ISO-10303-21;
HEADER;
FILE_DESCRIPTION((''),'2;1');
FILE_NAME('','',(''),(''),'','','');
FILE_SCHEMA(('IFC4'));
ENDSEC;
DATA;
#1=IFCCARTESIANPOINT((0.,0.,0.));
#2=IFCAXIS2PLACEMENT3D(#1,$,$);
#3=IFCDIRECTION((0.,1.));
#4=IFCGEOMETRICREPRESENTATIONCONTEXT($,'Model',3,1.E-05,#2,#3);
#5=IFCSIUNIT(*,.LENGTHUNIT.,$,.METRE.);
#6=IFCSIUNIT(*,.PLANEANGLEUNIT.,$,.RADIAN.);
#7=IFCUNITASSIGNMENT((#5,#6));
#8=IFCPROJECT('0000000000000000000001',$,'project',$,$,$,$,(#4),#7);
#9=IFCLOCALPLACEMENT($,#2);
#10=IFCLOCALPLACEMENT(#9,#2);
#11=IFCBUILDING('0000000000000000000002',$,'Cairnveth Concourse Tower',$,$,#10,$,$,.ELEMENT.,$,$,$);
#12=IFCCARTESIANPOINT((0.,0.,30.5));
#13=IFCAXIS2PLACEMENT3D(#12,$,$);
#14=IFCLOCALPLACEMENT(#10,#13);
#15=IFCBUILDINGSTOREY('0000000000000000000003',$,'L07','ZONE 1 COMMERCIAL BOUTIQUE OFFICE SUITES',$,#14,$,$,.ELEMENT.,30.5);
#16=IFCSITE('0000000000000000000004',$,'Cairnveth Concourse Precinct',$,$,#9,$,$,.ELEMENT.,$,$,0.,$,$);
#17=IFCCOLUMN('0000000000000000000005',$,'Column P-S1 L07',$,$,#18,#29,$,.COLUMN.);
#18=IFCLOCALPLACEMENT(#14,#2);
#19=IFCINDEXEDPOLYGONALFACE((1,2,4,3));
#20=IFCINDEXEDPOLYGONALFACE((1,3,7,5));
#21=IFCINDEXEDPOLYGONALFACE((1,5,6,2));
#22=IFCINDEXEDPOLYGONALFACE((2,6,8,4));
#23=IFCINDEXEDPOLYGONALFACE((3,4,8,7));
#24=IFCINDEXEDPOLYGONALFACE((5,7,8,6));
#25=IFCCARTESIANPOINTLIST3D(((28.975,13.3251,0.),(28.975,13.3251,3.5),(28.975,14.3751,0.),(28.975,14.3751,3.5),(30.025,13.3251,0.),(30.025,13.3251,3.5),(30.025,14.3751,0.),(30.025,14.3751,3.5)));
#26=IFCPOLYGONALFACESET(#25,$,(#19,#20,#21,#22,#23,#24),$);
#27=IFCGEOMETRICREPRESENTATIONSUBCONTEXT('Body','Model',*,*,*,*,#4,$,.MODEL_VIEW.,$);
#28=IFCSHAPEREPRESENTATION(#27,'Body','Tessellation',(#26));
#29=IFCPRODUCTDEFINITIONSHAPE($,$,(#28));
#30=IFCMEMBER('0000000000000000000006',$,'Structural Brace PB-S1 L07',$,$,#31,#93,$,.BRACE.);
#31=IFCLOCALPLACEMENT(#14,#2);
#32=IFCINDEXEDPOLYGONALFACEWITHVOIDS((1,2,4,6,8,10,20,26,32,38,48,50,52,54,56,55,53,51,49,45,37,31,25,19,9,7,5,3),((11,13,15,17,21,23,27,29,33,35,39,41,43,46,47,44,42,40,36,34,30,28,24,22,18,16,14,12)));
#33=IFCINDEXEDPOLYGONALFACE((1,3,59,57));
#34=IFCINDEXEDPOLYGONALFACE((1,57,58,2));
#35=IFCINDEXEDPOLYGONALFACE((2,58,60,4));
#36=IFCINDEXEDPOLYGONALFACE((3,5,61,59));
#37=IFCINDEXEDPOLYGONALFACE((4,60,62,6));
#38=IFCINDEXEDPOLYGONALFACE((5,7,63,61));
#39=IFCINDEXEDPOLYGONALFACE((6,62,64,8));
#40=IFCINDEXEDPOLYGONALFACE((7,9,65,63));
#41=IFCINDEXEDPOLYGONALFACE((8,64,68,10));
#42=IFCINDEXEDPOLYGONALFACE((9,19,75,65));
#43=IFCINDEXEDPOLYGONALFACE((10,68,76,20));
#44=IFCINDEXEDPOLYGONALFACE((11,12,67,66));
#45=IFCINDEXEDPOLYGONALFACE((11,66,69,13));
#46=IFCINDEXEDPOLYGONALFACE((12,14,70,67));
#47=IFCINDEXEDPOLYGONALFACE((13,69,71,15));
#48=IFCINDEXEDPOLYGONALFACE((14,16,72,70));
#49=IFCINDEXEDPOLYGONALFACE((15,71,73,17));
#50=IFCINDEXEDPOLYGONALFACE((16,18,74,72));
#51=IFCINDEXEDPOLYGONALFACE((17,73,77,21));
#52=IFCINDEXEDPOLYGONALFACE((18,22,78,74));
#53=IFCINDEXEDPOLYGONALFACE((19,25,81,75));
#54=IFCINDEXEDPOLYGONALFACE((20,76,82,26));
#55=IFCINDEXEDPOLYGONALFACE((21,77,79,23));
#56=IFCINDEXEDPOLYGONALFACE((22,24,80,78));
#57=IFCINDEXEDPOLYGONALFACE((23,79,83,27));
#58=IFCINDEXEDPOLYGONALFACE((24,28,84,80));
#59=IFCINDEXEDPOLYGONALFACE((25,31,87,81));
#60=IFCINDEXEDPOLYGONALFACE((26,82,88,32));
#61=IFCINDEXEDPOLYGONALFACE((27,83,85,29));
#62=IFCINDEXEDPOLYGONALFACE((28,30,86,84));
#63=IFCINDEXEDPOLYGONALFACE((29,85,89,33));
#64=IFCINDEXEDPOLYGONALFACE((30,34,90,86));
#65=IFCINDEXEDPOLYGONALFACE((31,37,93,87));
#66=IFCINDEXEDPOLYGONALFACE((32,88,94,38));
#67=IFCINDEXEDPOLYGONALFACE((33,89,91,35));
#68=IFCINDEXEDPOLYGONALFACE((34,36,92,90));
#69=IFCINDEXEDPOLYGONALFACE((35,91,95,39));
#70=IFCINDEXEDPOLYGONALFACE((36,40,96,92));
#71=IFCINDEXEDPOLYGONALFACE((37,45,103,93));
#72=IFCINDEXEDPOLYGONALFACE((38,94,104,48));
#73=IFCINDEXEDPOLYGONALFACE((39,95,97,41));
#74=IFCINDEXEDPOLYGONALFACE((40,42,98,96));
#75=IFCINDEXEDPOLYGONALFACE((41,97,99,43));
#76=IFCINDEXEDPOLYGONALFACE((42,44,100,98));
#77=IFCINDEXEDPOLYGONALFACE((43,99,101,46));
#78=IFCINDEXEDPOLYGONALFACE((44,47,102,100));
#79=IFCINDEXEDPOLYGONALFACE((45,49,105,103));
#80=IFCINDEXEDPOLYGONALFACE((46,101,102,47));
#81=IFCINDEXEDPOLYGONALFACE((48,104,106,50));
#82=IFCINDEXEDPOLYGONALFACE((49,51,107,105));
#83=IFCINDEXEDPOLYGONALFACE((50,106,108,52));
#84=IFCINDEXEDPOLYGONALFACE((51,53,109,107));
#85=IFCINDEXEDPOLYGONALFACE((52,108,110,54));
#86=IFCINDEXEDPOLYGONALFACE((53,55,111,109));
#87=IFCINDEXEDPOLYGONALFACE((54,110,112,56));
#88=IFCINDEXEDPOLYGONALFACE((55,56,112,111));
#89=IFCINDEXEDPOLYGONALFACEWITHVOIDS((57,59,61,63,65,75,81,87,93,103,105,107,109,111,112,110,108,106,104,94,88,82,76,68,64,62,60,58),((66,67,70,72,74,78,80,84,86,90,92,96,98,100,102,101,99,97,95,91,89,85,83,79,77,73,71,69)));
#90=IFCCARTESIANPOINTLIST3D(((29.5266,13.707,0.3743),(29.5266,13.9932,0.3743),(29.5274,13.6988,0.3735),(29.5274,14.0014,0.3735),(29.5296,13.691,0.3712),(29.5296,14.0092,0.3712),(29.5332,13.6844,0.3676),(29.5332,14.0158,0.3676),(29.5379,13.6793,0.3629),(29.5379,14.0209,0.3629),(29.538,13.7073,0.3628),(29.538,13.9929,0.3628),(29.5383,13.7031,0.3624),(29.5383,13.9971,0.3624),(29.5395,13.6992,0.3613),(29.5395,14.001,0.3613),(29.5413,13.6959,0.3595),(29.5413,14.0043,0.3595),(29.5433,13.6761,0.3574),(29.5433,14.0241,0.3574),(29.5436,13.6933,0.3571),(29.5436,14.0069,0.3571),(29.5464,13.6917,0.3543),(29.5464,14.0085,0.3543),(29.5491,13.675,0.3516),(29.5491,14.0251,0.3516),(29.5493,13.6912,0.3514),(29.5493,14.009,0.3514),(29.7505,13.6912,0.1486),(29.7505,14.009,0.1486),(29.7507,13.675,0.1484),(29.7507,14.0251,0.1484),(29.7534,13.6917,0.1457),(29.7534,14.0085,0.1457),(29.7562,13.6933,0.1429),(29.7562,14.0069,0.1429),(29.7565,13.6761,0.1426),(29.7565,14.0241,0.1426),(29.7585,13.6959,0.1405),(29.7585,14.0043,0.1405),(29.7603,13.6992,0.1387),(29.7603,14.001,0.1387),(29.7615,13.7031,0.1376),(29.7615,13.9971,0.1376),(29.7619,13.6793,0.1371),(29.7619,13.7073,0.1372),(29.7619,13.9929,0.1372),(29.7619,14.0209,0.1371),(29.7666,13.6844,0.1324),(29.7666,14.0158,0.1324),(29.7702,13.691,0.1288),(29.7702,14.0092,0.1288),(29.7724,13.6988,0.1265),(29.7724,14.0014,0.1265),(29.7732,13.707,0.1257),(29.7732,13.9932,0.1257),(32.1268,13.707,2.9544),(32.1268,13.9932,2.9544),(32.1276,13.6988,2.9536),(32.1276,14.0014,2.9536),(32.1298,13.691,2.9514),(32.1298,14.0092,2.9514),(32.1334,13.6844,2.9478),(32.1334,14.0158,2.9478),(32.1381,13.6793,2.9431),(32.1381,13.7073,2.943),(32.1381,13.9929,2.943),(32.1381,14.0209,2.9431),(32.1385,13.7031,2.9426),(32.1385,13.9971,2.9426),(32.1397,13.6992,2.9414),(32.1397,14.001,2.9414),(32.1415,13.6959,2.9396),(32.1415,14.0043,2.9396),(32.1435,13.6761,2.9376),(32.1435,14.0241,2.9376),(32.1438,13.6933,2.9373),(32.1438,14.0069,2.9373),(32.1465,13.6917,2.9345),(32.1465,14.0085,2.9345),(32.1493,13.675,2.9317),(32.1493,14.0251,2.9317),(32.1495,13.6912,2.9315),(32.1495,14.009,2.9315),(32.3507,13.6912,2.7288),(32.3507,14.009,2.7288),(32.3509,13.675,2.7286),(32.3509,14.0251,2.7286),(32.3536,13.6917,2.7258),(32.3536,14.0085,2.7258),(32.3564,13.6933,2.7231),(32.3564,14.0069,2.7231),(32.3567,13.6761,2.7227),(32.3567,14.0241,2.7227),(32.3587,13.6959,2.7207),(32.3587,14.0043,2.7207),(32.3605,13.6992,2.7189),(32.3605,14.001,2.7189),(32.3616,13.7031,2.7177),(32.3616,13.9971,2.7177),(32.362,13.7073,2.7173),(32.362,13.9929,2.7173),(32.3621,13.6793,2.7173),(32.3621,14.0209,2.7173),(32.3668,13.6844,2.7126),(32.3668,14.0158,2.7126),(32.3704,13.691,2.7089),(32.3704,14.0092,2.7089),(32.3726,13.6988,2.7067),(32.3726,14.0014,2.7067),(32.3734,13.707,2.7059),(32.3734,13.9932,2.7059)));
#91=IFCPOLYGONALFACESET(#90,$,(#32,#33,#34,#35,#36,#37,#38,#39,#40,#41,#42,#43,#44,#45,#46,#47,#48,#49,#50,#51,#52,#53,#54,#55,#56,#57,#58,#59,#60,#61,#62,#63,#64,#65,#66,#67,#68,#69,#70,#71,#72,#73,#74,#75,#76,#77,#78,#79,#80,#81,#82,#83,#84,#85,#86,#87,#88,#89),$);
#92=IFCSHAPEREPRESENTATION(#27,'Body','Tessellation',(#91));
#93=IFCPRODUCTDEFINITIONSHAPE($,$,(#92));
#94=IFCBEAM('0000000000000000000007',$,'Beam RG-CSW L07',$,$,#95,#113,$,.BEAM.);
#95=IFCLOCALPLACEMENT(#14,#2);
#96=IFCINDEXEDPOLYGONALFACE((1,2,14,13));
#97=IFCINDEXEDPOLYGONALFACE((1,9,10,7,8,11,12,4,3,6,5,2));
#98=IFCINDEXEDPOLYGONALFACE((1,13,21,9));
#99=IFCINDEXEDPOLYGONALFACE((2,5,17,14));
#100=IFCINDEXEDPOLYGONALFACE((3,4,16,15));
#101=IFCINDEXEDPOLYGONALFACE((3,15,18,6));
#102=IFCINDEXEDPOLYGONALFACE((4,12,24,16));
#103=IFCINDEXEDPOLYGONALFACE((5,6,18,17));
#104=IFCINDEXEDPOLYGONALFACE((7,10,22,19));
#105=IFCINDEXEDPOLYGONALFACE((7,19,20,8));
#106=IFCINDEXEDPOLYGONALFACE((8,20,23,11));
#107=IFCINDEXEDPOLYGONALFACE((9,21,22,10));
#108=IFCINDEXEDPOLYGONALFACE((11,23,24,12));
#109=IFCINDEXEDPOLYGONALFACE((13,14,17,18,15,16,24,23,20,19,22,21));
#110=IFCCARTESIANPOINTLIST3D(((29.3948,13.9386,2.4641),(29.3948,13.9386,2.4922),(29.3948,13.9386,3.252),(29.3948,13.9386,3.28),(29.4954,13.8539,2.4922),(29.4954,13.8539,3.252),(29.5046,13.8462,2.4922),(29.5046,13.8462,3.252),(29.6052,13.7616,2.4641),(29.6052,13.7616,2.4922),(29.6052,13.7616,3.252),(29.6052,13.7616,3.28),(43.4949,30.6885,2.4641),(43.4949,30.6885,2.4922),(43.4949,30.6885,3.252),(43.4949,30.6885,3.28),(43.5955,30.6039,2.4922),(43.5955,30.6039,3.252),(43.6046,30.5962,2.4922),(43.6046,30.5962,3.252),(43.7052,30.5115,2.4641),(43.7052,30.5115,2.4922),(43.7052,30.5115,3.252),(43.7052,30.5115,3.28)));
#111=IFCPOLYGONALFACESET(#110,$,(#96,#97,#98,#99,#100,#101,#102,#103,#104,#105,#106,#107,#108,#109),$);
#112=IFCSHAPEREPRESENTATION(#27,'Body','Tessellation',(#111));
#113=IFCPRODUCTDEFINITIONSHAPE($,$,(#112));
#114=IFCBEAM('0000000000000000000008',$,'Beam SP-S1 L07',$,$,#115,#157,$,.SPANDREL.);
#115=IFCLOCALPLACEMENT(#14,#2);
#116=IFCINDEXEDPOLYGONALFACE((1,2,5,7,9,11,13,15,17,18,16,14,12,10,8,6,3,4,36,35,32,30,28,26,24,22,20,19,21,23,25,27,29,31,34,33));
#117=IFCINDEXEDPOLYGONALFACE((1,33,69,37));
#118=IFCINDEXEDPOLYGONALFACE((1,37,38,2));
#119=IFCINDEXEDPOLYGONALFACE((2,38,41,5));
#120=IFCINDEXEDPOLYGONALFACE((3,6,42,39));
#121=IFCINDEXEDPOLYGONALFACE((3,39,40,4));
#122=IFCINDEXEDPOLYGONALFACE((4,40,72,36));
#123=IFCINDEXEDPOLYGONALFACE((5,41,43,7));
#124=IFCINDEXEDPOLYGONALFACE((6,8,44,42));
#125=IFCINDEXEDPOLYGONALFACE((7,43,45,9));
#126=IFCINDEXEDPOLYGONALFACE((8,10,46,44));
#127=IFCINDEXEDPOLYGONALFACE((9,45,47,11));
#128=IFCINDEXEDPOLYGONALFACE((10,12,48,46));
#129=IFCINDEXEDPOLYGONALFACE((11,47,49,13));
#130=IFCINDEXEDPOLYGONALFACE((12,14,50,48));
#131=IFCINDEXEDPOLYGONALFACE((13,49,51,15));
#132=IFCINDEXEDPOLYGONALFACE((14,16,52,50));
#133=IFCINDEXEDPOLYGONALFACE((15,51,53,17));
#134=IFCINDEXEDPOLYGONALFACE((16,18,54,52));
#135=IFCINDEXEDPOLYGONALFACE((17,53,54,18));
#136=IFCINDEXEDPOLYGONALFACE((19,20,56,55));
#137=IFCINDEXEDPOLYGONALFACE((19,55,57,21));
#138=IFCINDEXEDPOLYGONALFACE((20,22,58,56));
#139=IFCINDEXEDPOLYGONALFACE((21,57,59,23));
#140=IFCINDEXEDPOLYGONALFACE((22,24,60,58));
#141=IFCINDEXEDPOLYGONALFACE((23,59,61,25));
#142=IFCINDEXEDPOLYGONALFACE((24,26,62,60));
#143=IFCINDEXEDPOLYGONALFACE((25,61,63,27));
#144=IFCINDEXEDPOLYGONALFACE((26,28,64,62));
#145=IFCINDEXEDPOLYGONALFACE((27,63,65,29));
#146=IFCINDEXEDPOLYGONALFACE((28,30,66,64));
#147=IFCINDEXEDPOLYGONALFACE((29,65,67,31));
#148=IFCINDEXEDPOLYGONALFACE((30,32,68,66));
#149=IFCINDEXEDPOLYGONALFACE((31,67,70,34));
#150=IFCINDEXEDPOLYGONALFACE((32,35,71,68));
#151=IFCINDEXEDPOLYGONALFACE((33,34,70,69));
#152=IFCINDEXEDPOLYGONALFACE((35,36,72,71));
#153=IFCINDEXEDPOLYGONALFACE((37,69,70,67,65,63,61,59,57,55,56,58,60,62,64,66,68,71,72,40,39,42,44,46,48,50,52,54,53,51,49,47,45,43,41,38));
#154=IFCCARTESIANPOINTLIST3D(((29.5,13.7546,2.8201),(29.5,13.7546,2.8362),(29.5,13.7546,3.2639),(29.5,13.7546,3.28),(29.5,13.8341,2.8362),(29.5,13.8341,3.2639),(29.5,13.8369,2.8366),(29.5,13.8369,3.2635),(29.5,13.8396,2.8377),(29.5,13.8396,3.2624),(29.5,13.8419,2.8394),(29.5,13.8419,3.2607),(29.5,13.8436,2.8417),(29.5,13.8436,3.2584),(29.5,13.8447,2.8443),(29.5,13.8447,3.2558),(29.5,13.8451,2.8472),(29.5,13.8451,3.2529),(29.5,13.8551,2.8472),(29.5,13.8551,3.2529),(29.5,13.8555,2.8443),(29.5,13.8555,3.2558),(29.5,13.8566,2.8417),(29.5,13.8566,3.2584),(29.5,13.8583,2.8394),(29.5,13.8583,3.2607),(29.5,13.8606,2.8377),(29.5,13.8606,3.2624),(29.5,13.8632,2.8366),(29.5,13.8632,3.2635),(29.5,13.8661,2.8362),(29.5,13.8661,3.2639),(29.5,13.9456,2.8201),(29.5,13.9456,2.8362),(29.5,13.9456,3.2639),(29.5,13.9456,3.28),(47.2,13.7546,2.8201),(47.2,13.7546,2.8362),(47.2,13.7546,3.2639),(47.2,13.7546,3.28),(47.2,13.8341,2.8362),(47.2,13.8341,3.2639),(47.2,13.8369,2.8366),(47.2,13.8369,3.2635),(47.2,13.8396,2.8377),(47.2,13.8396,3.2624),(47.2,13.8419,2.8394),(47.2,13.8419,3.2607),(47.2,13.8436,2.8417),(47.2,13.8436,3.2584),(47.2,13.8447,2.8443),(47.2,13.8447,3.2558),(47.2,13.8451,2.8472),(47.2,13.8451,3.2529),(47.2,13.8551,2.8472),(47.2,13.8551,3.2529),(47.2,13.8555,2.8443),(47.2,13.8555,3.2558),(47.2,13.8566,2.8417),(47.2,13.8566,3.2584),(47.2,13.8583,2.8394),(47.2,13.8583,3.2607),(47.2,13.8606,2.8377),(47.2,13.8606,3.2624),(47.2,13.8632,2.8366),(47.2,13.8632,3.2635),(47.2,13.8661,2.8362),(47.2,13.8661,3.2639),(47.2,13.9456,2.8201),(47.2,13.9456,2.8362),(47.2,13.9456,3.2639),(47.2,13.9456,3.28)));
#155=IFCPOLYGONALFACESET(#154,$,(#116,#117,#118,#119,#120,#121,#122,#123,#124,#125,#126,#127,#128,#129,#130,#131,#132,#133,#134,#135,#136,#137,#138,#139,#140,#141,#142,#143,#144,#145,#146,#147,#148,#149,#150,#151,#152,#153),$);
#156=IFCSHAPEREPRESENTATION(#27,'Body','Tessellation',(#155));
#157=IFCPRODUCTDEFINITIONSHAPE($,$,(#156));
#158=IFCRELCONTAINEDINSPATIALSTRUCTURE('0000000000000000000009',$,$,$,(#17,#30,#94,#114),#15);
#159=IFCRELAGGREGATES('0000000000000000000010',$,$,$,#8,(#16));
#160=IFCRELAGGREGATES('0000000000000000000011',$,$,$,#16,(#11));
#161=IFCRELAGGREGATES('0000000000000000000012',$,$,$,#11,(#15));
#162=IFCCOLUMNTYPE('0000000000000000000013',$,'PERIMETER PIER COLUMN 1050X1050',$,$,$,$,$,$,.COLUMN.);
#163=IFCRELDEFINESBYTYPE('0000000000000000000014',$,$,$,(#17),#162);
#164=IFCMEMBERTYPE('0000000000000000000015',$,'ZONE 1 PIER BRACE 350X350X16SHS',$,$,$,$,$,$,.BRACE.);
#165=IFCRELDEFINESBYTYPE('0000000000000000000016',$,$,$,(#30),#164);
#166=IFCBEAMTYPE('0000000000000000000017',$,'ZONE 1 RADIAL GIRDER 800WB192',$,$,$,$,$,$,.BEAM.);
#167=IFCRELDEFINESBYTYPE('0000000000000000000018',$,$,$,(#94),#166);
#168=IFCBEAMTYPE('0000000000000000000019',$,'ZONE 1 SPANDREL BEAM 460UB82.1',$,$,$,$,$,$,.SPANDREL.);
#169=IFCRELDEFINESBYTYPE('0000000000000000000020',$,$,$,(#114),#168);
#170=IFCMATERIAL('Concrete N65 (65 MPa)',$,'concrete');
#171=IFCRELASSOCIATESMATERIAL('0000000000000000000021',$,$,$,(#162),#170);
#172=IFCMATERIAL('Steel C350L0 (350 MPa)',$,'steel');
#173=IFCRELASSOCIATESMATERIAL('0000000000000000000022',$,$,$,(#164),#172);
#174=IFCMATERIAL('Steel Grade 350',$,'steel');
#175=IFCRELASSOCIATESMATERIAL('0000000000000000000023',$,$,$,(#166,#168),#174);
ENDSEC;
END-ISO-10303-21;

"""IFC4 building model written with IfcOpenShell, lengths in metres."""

from ifc_helpers import new_model, si_unit, direction, frame, origin, origin_2d, place, context, subcontext, project, spatial, rectangle, hollow_rectangle, i_section, extrude, material, material_profile, profile_set, type_object, element, save


model = new_model("IFC4")

# Units and contexts
model_context = context("Model", 3, precision=1e-05, world=origin(), true_north=direction((0.0, 1.0)))
body_context = subcontext(model_context, "Body", "Model", "MODEL_VIEW")
ifc_project = project(units=[si_unit("LENGTHUNIT", "METRE"), si_unit("PLANEANGLEUNIT", "RADIAN")], contexts=[model_context])

# Site, building, storey
site_placement = place(None, origin())
site = spatial("IfcSite", under=ifc_project, at=site_placement, Name="Cairnveth Concourse Precinct", CompositionType="ELEMENT", RefElevation=0.0)
building_placement = place(site_placement, origin())
building = spatial("IfcBuilding", under=site, at=building_placement, Name="Cairnveth Concourse Tower", CompositionType="ELEMENT")
storey_placement = place(building_placement, frame((0.0, 0.0, 30.5)))
storey = spatial("IfcBuildingStorey", under=building, at=storey_placement, Name="L07", Description="ZONE 1 COMMERCIAL BOUTIQUE OFFICE SUITES", CompositionType="ELEMENT", Elevation=30.5)

# Column
ifc_material_1 = material(Name="Concrete N65 (65 MPa)", Category="concrete")
ifc_material_profile_1 = material_profile(ifc_material_1, rectangle(XDim=1.05, YDim=1.05, at=origin_2d()), Name="RC-COL-1050x1050")
ifc_profile_set_1 = profile_set([ifc_material_profile_1], Name="Concrete N65 (65 MPa)")
column_type = type_object("IfcColumnType", Name="PERIMETER PIER COLUMN 1050X1050", PredefinedType="COLUMN", material=ifc_profile_set_1)
column_placement = place(storey_placement, frame((29.5, 13.8501, 0.0), z_axis=(0.0, 0.0, 1.0), x_axis=(1.0, 0.0, 0.0)))
element("IfcColumn", 1, at=column_placement, inside=storey, type_object=column_type, Name="Column P-S1 L07", PredefinedType="COLUMN", context=body_context, shape_type="SweptSolid", body=[
    extrude(rectangle(XDim=1.05, YDim=1.05, at=origin_2d()), origin(), (0.0, 0.0, 1.0), 3.5),
])

# Member
ifc_material_2 = material(Name="Steel C350L0 (350 MPa)", Category="steel")
ifc_material_profile_2 = material_profile(ifc_material_2, hollow_rectangle(XDim=0.3501, YDim=0.3501, WallThickness=0.0161, InnerFilletRadius=0.0161, OuterFilletRadius=0.032, at=origin_2d()), Name="350x350x16.0SHS")
ifc_profile_set_2 = profile_set([ifc_material_profile_2], Name="Steel C350L0 (350 MPa)")
member_type = type_object("IfcMemberType", Name="ZONE 1 PIER BRACE 350X350X16SHS", PredefinedType="BRACE", material=ifc_profile_set_2)
member_placement = place(storey_placement, frame((29.6499, 13.8501, 0.25), z_axis=(0.709834, 0.0, 0.704369), x_axis=(0.0, 1.0, 0.0)))
element("IfcMember", 2, at=member_placement, inside=storey, type_object=member_type, Name="Structural Brace PB-S1 L07", PredefinedType="BRACE", context=body_context, shape_type="SweptSolid", body=[
    extrude(hollow_rectangle(XDim=0.3501, YDim=0.3501, WallThickness=0.0161, InnerFilletRadius=0.0161, OuterFilletRadius=0.032, at=origin_2d()), origin(), (0.0, 0.0, 1.0), 3.6631),
])

# Beams
ifc_material_3 = material(Name="Steel Grade 350", Category="steel")
ifc_material_profile_3 = material_profile(ifc_material_3, i_section(OverallWidth=0.2749, OverallDepth=0.8159, WebThickness=0.012, FlangeThickness=0.0281, at=origin_2d()), Name="800WB192")
ifc_profile_set_3 = profile_set([ifc_material_profile_3], Name="Steel Grade 350")
beam_type_1 = type_object("IfcBeamType", Name="ZONE 1 RADIAL GIRDER 800WB192", PredefinedType="BEAM", material=ifc_profile_set_3)
beam_1_placement = place(storey_placement, frame((29.5, 13.8501, 2.8721), z_axis=(0.643998, 0.765027, 0.0), x_axis=(-0.765027, 0.643998, 0.0)))
element("IfcBeam", 3, at=beam_1_placement, inside=storey, type_object=beam_type_1, Name="Beam RG-CSW L07", PredefinedType="BEAM", context=body_context, shape_type="SweptSolid", body=[
    extrude(i_section(OverallWidth=0.2749, OverallDepth=0.8159, WebThickness=0.012, FlangeThickness=0.0281, at=origin_2d()), origin(), (0.0, 0.0, 1.0), 21.8945),
])
ifc_material_profile_4 = material_profile(ifc_material_3, i_section(OverallWidth=0.1909, OverallDepth=0.46, WebThickness=0.01, FlangeThickness=0.0161, FilletRadius=0.011, at=origin_2d()), Name="460UB82.1")
ifc_profile_set_4 = profile_set([ifc_material_profile_4], Name="Steel Grade 350")
beam_type_2 = type_object("IfcBeamType", Name="ZONE 1 SPANDREL BEAM 460UB82.1", PredefinedType="SPANDREL", material=ifc_profile_set_4)
beam_2_placement = place(storey_placement, frame((29.5, 13.8501, 3.05), z_axis=(1.0, 0.0, 0.0), x_axis=(0.0, 1.0, 0.0)))
element("IfcBeam", 4, at=beam_2_placement, inside=storey, type_object=beam_type_2, Name="Beam SP-S1 L07", PredefinedType="SPANDREL", context=body_context, shape_type="SweptSolid", body=[
    extrude(i_section(OverallWidth=0.1909, OverallDepth=0.46, WebThickness=0.01, FlangeThickness=0.0161, FilletRadius=0.011, at=origin_2d()), origin(), (0.0, 0.0, 1.0), 17.7),
])

save(model, "model.ifc")
